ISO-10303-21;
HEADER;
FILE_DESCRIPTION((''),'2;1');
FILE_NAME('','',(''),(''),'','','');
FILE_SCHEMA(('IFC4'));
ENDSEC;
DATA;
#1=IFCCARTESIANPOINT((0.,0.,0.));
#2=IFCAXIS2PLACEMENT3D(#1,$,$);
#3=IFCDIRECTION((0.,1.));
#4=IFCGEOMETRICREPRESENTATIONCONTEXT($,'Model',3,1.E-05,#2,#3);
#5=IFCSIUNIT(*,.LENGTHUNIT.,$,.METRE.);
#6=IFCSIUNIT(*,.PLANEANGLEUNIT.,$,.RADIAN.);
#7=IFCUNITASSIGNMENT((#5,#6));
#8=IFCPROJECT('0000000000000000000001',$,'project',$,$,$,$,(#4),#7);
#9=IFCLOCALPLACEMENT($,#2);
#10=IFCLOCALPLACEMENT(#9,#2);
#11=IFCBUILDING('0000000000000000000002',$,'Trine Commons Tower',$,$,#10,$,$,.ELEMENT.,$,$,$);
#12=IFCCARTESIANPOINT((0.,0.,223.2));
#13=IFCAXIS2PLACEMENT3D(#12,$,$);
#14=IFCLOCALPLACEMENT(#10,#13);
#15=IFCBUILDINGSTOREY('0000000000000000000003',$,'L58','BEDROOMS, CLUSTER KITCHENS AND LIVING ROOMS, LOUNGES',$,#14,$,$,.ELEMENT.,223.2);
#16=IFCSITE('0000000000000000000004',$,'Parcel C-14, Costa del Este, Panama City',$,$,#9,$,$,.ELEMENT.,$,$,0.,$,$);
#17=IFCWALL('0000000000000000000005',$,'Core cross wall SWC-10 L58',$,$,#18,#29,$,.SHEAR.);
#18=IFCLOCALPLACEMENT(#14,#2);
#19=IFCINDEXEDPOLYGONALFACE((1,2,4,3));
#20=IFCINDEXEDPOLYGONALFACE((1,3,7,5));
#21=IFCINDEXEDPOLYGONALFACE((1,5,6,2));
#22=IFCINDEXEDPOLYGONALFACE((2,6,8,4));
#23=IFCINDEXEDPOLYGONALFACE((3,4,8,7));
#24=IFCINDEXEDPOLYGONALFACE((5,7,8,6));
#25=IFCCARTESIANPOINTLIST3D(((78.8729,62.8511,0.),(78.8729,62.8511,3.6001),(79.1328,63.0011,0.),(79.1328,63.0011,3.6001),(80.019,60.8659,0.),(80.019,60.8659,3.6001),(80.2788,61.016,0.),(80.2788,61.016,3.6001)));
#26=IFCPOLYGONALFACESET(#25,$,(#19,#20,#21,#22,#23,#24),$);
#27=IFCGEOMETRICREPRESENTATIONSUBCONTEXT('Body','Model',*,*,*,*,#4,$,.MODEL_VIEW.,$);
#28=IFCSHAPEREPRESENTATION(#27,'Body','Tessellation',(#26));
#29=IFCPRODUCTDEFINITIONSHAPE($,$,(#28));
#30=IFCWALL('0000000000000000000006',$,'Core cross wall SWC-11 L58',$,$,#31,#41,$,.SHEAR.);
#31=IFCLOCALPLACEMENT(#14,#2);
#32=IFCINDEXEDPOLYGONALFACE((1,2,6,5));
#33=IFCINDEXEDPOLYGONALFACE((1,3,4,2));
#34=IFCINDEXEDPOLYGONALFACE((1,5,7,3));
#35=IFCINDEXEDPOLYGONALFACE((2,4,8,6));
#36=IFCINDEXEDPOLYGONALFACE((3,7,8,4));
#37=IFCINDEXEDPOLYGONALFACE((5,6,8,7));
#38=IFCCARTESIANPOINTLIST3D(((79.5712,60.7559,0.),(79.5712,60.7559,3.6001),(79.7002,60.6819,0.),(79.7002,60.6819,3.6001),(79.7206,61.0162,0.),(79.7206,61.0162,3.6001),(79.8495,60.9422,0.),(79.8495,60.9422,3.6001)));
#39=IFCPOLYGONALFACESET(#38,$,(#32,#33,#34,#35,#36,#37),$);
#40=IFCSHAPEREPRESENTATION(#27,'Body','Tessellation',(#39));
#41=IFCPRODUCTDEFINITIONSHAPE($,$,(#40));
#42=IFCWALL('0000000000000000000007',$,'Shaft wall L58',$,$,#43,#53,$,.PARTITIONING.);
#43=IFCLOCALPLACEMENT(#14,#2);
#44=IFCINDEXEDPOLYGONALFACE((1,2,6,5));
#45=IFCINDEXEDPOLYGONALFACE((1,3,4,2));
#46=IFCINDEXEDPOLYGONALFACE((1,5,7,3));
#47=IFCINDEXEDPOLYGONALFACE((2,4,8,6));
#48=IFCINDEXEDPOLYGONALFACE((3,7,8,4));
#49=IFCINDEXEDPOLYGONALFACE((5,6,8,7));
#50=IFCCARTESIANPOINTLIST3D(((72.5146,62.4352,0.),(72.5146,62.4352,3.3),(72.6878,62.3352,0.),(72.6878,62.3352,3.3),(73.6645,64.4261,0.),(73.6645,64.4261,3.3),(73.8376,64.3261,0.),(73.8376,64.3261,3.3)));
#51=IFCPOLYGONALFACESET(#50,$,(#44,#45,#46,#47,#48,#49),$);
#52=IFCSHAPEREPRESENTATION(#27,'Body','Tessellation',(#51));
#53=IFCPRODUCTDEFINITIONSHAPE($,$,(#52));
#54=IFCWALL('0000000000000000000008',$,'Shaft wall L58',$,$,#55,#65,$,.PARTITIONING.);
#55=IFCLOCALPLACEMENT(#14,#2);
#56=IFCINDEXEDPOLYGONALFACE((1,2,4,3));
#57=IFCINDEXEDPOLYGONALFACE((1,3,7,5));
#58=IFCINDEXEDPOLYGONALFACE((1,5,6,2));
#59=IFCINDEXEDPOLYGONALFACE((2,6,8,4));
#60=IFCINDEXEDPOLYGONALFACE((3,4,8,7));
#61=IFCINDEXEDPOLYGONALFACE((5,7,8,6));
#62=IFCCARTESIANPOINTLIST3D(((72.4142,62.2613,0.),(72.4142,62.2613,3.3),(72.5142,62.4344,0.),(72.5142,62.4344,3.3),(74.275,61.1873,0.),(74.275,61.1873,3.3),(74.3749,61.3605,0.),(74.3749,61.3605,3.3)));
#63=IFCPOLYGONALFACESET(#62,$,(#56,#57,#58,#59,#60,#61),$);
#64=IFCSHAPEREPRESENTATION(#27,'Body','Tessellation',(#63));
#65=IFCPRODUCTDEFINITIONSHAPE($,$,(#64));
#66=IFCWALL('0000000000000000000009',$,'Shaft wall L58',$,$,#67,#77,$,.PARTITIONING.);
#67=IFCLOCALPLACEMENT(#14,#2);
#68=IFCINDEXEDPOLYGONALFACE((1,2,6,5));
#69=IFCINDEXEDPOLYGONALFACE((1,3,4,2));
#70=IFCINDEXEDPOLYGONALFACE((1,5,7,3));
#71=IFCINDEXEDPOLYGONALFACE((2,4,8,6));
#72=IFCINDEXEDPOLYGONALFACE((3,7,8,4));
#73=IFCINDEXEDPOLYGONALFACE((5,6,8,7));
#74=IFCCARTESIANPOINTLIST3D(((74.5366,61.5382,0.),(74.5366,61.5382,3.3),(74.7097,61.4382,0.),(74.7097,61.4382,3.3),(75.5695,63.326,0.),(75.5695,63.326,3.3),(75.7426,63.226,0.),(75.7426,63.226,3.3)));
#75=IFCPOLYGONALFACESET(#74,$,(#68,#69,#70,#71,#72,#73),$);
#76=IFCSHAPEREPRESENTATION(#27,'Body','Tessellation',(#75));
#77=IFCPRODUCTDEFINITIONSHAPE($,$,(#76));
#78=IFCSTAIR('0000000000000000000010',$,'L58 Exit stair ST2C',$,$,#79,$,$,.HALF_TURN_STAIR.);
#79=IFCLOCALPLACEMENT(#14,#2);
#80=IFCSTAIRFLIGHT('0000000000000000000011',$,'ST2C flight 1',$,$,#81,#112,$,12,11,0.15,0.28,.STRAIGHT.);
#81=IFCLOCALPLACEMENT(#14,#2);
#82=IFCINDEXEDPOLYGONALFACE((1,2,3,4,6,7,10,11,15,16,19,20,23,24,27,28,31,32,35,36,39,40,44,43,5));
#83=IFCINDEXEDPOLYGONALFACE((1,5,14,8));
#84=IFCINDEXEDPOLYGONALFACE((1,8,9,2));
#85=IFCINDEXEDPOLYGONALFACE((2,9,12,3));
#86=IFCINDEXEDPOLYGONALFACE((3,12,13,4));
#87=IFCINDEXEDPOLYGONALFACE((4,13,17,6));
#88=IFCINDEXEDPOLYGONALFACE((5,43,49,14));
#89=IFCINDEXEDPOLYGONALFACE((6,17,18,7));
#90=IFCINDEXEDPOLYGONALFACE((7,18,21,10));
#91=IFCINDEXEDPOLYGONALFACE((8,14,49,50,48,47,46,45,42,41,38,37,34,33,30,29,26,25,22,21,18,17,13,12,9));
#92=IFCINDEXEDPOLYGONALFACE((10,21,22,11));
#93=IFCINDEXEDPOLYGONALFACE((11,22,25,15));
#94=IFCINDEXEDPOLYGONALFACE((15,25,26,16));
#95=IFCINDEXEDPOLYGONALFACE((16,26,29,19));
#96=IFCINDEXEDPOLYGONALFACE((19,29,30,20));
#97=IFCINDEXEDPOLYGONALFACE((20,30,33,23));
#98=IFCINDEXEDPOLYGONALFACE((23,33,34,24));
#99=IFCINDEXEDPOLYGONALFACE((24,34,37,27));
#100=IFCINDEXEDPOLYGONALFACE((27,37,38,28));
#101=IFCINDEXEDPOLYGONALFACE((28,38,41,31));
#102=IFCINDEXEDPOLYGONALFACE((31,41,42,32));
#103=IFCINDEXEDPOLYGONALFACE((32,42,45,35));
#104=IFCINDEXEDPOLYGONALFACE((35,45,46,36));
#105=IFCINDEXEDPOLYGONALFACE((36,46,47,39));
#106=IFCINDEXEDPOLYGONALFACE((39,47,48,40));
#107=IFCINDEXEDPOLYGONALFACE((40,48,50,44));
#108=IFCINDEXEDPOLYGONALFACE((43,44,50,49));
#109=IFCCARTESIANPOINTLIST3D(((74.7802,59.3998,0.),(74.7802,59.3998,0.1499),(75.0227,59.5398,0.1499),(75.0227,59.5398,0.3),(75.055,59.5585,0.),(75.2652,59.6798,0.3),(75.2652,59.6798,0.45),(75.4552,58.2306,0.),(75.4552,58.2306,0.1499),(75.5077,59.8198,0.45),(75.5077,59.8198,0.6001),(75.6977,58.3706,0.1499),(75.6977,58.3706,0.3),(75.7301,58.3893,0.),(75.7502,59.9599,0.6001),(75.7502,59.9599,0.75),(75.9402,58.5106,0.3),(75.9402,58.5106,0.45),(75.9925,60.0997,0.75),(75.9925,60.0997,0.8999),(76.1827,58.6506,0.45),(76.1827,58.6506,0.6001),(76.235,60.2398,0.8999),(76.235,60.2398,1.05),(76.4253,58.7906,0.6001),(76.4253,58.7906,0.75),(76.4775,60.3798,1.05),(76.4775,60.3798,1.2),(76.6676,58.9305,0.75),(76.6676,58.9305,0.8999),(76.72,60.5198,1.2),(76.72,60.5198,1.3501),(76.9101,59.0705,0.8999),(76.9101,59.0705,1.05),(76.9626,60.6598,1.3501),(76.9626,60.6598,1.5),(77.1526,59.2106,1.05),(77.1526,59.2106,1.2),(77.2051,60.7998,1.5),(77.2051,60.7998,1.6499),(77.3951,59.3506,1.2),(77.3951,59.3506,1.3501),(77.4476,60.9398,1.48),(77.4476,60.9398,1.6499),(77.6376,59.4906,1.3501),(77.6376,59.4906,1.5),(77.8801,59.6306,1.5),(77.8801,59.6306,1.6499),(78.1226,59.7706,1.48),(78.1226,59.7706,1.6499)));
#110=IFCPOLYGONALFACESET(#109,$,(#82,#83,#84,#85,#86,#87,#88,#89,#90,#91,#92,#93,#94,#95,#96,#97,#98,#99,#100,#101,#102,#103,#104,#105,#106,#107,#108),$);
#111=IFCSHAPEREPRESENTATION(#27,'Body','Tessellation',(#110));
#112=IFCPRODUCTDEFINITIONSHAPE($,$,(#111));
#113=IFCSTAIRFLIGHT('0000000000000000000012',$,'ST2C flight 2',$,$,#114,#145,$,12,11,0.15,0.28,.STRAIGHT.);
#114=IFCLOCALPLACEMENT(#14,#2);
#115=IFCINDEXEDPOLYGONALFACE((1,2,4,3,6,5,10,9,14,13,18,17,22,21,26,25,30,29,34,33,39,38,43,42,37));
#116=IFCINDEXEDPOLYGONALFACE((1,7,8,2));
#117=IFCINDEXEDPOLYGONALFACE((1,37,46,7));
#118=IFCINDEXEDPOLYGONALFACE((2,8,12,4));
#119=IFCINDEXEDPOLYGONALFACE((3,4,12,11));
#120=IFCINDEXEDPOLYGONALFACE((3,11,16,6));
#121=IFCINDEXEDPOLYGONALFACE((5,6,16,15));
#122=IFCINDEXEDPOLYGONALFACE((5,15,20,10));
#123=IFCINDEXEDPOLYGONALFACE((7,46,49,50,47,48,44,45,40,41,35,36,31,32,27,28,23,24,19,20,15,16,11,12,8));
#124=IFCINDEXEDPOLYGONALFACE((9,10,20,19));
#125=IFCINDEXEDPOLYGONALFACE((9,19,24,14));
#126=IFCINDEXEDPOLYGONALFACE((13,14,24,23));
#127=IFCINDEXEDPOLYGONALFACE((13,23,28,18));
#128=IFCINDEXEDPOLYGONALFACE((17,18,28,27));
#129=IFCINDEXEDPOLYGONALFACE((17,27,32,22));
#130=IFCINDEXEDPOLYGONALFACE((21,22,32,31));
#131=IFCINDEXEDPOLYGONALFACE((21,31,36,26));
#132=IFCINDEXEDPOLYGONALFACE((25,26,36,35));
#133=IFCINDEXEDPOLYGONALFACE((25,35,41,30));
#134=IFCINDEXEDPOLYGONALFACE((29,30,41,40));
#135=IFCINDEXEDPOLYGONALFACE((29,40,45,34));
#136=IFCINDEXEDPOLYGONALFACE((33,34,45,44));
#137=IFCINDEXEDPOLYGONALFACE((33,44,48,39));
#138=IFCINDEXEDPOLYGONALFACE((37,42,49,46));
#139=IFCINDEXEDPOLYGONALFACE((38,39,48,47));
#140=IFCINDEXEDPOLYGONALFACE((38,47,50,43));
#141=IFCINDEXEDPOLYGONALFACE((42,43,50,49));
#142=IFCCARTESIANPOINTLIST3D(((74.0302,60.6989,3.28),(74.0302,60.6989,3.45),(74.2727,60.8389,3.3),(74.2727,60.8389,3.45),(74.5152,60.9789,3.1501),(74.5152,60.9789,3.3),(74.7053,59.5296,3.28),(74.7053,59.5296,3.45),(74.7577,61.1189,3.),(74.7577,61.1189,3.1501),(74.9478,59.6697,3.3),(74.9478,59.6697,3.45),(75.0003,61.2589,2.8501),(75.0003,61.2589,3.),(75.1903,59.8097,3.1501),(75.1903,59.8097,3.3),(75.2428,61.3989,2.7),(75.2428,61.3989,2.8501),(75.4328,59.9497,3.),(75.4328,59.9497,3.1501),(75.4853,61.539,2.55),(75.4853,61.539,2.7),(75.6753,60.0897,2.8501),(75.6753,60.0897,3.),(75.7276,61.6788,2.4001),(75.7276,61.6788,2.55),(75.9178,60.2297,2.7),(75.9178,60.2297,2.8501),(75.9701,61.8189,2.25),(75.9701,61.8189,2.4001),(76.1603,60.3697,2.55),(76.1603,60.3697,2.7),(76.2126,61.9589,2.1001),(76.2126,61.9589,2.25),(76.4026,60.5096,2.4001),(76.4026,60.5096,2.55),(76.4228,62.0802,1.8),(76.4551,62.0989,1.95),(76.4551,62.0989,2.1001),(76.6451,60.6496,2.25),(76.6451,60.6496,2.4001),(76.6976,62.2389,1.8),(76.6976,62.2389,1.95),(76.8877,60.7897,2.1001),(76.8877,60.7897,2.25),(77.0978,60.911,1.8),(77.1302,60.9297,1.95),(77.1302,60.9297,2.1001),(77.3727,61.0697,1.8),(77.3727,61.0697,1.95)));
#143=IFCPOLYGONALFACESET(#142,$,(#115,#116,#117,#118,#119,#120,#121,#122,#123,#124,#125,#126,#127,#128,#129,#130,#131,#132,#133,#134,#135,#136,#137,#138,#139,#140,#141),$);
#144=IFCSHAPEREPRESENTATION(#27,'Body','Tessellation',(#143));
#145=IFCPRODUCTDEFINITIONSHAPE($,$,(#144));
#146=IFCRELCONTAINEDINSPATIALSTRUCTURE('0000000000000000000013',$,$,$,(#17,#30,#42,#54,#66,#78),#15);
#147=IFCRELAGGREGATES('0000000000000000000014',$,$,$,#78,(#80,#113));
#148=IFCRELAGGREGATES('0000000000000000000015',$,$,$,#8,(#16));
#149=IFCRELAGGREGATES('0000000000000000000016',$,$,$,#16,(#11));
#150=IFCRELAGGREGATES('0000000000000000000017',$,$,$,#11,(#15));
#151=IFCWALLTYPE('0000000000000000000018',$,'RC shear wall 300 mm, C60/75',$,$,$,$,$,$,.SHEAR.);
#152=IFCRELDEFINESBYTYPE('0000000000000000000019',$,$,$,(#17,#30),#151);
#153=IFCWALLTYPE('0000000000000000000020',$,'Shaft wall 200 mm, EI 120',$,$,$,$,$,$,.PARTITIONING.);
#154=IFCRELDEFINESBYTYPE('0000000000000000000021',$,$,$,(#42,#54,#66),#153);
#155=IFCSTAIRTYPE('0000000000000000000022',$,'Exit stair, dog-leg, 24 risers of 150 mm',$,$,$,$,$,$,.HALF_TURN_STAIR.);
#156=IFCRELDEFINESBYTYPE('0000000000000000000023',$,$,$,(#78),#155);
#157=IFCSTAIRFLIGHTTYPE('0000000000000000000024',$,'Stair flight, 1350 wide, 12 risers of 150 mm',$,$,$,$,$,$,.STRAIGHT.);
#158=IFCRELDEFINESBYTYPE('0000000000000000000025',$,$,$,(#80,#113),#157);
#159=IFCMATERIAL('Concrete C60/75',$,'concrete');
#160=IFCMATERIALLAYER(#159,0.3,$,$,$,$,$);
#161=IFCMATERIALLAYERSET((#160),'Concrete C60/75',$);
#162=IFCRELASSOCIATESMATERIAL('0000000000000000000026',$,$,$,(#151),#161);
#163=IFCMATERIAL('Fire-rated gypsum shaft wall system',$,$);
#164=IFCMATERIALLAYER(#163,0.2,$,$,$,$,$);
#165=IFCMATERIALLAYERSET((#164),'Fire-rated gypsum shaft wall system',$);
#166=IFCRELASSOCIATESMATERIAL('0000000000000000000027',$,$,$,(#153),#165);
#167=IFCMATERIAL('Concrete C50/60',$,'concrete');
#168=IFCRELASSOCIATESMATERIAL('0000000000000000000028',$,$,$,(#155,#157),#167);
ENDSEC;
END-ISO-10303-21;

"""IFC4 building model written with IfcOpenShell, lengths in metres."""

from ifc_helpers import new_model, si_unit, direction, frame, frame_2d, origin, place, context, subcontext, project, spatial, polyline, rectangle, outline, extrude, material, layer, layer_set, type_object, element, aggregate, save


model = new_model("IFC4")

# Units and contexts
model_context = context("Model", 3, precision=1e-05, world=origin(), true_north=direction((0.0, 1.0)))
body_context = subcontext(model_context, "Body", "Model", "MODEL_VIEW")
ifc_project = project(units=[si_unit("LENGTHUNIT", "METRE"), si_unit("PLANEANGLEUNIT", "RADIAN")], contexts=[model_context])

# Site, building, storey
site_placement = place(None, origin())
site = spatial("IfcSite", under=ifc_project, at=site_placement, Name="Parcel C-14, Costa del Este, Panama City", CompositionType="ELEMENT", RefElevation=0.0)
building_placement = place(site_placement, origin())
building = spatial("IfcBuilding", under=site, at=building_placement, Name="Trine Commons Tower", CompositionType="ELEMENT")
storey_placement = place(building_placement, frame((0.0, 0.0, 223.2)))
storey = spatial("IfcBuildingStorey", under=building, at=storey_placement, Name="L58", Description="BEDROOMS, CLUSTER KITCHENS AND LIVING ROOMS, LOUNGES", CompositionType="ELEMENT", Elevation=223.2)

# Shared definitions
ifc_material_1 = material(Name="Fire-rated gypsum shaft wall system")
ifc_material_2 = material(Name="Concrete C60/75", Category="concrete")
ifc_layer_1 = layer(ifc_material_2, 0.3)
ifc_layer_set_1 = layer_set([ifc_layer_1], Name="Concrete C60/75")
wall_type_1 = type_object("IfcWallType", Name="RC shear wall 300 mm, C60/75", PredefinedType="SHEAR", material=ifc_layer_set_1)

# Walls
wall_1_placement = place(storey_placement, frame((79.0029, 62.926, 0.0), z_axis=(0.0, 0.0, 1.0), x_axis=(0.499965, -0.866045, 0.0)))
element("IfcWall", 1, at=wall_1_placement, inside=storey, type_object=wall_type_1, Name="Core cross wall SWC-10 L58", PredefinedType="SHEAR", context=body_context, shape_type="SweptSolid", body=[
    extrude(rectangle(XDim=2.2922, YDim=0.3, at=frame_2d((1.146, 0.0))), origin(), (0.0, 0.0, 1.0), 3.6001),
])
wall_2_placement = place(storey_placement, frame((79.646, 60.886, 0.0), z_axis=(0.0, 0.0, 1.0), x_axis=(0.867332, -0.49773, 0.0)))
element("IfcWall", 2, at=wall_2_placement, inside=storey, type_object=wall_type_1, Name="Core cross wall SWC-11 L58", PredefinedType="SHEAR", context=body_context, shape_type="SweptSolid", body=[
    extrude(rectangle(XDim=0.1487, YDim=0.3, at=frame_2d((0.0742, 0.0))), origin(), (0.0, 0.0, 1.0), 3.6001),
])
ifc_layer_2 = layer(ifc_material_1, 0.2)
ifc_layer_set_2 = layer_set([ifc_layer_2], Name="Fire-rated gypsum shaft wall system")
wall_type_2 = type_object("IfcWallType", Name="Shaft wall 200 mm, EI 120", PredefinedType="PARTITIONING", material=ifc_layer_set_2)
wall_3_placement = place(storey_placement, frame((73.751, 64.376, 0.0), z_axis=(0.0, 0.0, 1.0), x_axis=(-0.500136, -0.865947, 0.0)))
element("IfcWall", 3, at=wall_3_placement, inside=storey, type_object=wall_type_2, Name="Shaft wall L58", PredefinedType="PARTITIONING", context=body_context, shape_type="SweptSolid", body=[
    extrude(rectangle(XDim=2.2991, YDim=0.2, at=frame_2d((1.1494, 0.0))), origin(), (0.0, 0.0, 1.0), 3.3),
])
wall_4_placement = place(storey_placement, frame((74.325, 61.2739, 0.0), z_axis=(0.0, 0.0, 1.0), x_axis=(-0.866102, 0.499867, 0.0)))
element("IfcWall", 4, at=wall_4_placement, inside=storey, type_object=wall_type_2, Name="Shaft wall L58", PredefinedType="PARTITIONING", context=body_context, shape_type="SweptSolid", body=[
    extrude(rectangle(XDim=2.1484, YDim=0.2, at=frame_2d((1.0742, 0.0))), origin(), (0.0, 0.0, 1.0), 3.3),
])
wall_5_placement = place(storey_placement, frame((75.656, 63.2759, 0.0), z_axis=(0.0, 0.0, 1.0), x_axis=(-0.500272, -0.865868, 0.0)))
element("IfcWall", 5, at=wall_5_placement, inside=storey, type_object=wall_type_2, Name="Shaft wall L58", PredefinedType="PARTITIONING", context=body_context, shape_type="SweptSolid", body=[
    extrude(rectangle(XDim=2.0647, YDim=0.2, at=frame_2d((1.0322, 0.0))), origin(), (0.0, 0.0, 1.0), 3.3),
])

# Stair, stair flights
ifc_material_3 = material(Name="Concrete C50/60", Category="concrete")
stair_type = type_object("IfcStairType", Name="Exit stair, dog-leg, 24 risers of 150 mm", PredefinedType="HALF_TURN_STAIR", material=ifc_material_3)
stair_placement = place(storey_placement, origin())
stair = element("IfcStair", 6, at=stair_placement, inside=storey, type_object=stair_type, Name="L58 Exit stair ST2C", PredefinedType="HALF_TURN_STAIR")
stair_flight_type = type_object("IfcStairFlightType", Name="Stair flight, 1350 wide, 12 risers of 150 mm", PredefinedType="STRAIGHT", material=ifc_material_3)
stair_flight_1_placement = place(storey_placement, frame((75.1177, 58.8152, 0.0), z_axis=(0.0, 0.0, 1.0), x_axis=(0.866025, 0.5, 0.0)))
stair_flight_1 = element("IfcStairFlight", 7, at=stair_flight_1_placement, type_object=stair_flight_type, Name="ST2C flight 1", NumberOfRisers=12, NumberOfTreads=11, PredefinedType="STRAIGHT", RiserHeight=0.15, TreadLength=0.28, context=body_context, shape_type="SweptSolid", body=[
    extrude(outline(polyline([(0.0, 0.0), (0.0, 0.1499), (0.28, 0.1499), (0.28, 0.3), (0.5601, 0.3), (0.5601, 0.45), (0.8401, 0.45), (0.8401, 0.6001), (1.1201, 0.6001), (1.1201, 0.75), (1.3999, 0.75), (1.3999, 0.8999), (1.6799, 0.8999), (1.6799, 1.05), (1.96, 1.05), (1.96, 1.2), (2.24, 1.2), (2.24, 1.3501), (2.52, 1.3501), (2.52, 1.5), (2.8, 1.5), (2.8, 1.6499), (3.0801, 1.6499), (3.0801, 1.8), (3.0801, 1.48), (0.3174, 0.0), (0.0, 0.0)])), frame((0.0, 0.675, 0.0), z_axis=(0.0, -1.0, 0.0), x_axis=(1.0, 0.0, 0.0)), (0.0, 0.0, 1.0), 1.3501),
])
stair_flight_2_placement = place(storey_placement, frame((77.0352, 61.6543, 1.8), z_axis=(0.0, 0.0, 1.0), x_axis=(-0.866025, -0.5, 0.0)))
stair_flight_2 = element("IfcStairFlight", 8, at=stair_flight_2_placement, type_object=stair_flight_type, Name="ST2C flight 2", NumberOfRisers=12, NumberOfTreads=11, PredefinedType="STRAIGHT", RiserHeight=0.15, TreadLength=0.28, context=body_context, shape_type="SweptSolid", body=[
    extrude(outline(polyline([(0.0, 0.0), (0.0, 0.1499), (0.28, 0.1499), (0.28, 0.3), (0.5601, 0.3), (0.5601, 0.45), (0.8401, 0.45), (0.8401, 0.6001), (1.1201, 0.6001), (1.1201, 0.75), (1.3999, 0.75), (1.3999, 0.8999), (1.6799, 0.8999), (1.6799, 1.05), (1.96, 1.05), (1.96, 1.2), (2.24, 1.2), (2.24, 1.3501), (2.52, 1.3501), (2.52, 1.5), (2.8, 1.5), (2.8, 1.6499), (3.0801, 1.6499), (3.0801, 1.8), (3.0801, 1.48), (0.3174, 0.0), (0.0, 0.0)])), frame((0.0, 0.675, 0.0), z_axis=(0.0, -1.0, 0.0), x_axis=(1.0, 0.0, 0.0)), (0.0, 0.0, 1.0), 1.3501),
])
aggregate(stair, [stair_flight_1, stair_flight_2])

save(model, "model.ifc")
